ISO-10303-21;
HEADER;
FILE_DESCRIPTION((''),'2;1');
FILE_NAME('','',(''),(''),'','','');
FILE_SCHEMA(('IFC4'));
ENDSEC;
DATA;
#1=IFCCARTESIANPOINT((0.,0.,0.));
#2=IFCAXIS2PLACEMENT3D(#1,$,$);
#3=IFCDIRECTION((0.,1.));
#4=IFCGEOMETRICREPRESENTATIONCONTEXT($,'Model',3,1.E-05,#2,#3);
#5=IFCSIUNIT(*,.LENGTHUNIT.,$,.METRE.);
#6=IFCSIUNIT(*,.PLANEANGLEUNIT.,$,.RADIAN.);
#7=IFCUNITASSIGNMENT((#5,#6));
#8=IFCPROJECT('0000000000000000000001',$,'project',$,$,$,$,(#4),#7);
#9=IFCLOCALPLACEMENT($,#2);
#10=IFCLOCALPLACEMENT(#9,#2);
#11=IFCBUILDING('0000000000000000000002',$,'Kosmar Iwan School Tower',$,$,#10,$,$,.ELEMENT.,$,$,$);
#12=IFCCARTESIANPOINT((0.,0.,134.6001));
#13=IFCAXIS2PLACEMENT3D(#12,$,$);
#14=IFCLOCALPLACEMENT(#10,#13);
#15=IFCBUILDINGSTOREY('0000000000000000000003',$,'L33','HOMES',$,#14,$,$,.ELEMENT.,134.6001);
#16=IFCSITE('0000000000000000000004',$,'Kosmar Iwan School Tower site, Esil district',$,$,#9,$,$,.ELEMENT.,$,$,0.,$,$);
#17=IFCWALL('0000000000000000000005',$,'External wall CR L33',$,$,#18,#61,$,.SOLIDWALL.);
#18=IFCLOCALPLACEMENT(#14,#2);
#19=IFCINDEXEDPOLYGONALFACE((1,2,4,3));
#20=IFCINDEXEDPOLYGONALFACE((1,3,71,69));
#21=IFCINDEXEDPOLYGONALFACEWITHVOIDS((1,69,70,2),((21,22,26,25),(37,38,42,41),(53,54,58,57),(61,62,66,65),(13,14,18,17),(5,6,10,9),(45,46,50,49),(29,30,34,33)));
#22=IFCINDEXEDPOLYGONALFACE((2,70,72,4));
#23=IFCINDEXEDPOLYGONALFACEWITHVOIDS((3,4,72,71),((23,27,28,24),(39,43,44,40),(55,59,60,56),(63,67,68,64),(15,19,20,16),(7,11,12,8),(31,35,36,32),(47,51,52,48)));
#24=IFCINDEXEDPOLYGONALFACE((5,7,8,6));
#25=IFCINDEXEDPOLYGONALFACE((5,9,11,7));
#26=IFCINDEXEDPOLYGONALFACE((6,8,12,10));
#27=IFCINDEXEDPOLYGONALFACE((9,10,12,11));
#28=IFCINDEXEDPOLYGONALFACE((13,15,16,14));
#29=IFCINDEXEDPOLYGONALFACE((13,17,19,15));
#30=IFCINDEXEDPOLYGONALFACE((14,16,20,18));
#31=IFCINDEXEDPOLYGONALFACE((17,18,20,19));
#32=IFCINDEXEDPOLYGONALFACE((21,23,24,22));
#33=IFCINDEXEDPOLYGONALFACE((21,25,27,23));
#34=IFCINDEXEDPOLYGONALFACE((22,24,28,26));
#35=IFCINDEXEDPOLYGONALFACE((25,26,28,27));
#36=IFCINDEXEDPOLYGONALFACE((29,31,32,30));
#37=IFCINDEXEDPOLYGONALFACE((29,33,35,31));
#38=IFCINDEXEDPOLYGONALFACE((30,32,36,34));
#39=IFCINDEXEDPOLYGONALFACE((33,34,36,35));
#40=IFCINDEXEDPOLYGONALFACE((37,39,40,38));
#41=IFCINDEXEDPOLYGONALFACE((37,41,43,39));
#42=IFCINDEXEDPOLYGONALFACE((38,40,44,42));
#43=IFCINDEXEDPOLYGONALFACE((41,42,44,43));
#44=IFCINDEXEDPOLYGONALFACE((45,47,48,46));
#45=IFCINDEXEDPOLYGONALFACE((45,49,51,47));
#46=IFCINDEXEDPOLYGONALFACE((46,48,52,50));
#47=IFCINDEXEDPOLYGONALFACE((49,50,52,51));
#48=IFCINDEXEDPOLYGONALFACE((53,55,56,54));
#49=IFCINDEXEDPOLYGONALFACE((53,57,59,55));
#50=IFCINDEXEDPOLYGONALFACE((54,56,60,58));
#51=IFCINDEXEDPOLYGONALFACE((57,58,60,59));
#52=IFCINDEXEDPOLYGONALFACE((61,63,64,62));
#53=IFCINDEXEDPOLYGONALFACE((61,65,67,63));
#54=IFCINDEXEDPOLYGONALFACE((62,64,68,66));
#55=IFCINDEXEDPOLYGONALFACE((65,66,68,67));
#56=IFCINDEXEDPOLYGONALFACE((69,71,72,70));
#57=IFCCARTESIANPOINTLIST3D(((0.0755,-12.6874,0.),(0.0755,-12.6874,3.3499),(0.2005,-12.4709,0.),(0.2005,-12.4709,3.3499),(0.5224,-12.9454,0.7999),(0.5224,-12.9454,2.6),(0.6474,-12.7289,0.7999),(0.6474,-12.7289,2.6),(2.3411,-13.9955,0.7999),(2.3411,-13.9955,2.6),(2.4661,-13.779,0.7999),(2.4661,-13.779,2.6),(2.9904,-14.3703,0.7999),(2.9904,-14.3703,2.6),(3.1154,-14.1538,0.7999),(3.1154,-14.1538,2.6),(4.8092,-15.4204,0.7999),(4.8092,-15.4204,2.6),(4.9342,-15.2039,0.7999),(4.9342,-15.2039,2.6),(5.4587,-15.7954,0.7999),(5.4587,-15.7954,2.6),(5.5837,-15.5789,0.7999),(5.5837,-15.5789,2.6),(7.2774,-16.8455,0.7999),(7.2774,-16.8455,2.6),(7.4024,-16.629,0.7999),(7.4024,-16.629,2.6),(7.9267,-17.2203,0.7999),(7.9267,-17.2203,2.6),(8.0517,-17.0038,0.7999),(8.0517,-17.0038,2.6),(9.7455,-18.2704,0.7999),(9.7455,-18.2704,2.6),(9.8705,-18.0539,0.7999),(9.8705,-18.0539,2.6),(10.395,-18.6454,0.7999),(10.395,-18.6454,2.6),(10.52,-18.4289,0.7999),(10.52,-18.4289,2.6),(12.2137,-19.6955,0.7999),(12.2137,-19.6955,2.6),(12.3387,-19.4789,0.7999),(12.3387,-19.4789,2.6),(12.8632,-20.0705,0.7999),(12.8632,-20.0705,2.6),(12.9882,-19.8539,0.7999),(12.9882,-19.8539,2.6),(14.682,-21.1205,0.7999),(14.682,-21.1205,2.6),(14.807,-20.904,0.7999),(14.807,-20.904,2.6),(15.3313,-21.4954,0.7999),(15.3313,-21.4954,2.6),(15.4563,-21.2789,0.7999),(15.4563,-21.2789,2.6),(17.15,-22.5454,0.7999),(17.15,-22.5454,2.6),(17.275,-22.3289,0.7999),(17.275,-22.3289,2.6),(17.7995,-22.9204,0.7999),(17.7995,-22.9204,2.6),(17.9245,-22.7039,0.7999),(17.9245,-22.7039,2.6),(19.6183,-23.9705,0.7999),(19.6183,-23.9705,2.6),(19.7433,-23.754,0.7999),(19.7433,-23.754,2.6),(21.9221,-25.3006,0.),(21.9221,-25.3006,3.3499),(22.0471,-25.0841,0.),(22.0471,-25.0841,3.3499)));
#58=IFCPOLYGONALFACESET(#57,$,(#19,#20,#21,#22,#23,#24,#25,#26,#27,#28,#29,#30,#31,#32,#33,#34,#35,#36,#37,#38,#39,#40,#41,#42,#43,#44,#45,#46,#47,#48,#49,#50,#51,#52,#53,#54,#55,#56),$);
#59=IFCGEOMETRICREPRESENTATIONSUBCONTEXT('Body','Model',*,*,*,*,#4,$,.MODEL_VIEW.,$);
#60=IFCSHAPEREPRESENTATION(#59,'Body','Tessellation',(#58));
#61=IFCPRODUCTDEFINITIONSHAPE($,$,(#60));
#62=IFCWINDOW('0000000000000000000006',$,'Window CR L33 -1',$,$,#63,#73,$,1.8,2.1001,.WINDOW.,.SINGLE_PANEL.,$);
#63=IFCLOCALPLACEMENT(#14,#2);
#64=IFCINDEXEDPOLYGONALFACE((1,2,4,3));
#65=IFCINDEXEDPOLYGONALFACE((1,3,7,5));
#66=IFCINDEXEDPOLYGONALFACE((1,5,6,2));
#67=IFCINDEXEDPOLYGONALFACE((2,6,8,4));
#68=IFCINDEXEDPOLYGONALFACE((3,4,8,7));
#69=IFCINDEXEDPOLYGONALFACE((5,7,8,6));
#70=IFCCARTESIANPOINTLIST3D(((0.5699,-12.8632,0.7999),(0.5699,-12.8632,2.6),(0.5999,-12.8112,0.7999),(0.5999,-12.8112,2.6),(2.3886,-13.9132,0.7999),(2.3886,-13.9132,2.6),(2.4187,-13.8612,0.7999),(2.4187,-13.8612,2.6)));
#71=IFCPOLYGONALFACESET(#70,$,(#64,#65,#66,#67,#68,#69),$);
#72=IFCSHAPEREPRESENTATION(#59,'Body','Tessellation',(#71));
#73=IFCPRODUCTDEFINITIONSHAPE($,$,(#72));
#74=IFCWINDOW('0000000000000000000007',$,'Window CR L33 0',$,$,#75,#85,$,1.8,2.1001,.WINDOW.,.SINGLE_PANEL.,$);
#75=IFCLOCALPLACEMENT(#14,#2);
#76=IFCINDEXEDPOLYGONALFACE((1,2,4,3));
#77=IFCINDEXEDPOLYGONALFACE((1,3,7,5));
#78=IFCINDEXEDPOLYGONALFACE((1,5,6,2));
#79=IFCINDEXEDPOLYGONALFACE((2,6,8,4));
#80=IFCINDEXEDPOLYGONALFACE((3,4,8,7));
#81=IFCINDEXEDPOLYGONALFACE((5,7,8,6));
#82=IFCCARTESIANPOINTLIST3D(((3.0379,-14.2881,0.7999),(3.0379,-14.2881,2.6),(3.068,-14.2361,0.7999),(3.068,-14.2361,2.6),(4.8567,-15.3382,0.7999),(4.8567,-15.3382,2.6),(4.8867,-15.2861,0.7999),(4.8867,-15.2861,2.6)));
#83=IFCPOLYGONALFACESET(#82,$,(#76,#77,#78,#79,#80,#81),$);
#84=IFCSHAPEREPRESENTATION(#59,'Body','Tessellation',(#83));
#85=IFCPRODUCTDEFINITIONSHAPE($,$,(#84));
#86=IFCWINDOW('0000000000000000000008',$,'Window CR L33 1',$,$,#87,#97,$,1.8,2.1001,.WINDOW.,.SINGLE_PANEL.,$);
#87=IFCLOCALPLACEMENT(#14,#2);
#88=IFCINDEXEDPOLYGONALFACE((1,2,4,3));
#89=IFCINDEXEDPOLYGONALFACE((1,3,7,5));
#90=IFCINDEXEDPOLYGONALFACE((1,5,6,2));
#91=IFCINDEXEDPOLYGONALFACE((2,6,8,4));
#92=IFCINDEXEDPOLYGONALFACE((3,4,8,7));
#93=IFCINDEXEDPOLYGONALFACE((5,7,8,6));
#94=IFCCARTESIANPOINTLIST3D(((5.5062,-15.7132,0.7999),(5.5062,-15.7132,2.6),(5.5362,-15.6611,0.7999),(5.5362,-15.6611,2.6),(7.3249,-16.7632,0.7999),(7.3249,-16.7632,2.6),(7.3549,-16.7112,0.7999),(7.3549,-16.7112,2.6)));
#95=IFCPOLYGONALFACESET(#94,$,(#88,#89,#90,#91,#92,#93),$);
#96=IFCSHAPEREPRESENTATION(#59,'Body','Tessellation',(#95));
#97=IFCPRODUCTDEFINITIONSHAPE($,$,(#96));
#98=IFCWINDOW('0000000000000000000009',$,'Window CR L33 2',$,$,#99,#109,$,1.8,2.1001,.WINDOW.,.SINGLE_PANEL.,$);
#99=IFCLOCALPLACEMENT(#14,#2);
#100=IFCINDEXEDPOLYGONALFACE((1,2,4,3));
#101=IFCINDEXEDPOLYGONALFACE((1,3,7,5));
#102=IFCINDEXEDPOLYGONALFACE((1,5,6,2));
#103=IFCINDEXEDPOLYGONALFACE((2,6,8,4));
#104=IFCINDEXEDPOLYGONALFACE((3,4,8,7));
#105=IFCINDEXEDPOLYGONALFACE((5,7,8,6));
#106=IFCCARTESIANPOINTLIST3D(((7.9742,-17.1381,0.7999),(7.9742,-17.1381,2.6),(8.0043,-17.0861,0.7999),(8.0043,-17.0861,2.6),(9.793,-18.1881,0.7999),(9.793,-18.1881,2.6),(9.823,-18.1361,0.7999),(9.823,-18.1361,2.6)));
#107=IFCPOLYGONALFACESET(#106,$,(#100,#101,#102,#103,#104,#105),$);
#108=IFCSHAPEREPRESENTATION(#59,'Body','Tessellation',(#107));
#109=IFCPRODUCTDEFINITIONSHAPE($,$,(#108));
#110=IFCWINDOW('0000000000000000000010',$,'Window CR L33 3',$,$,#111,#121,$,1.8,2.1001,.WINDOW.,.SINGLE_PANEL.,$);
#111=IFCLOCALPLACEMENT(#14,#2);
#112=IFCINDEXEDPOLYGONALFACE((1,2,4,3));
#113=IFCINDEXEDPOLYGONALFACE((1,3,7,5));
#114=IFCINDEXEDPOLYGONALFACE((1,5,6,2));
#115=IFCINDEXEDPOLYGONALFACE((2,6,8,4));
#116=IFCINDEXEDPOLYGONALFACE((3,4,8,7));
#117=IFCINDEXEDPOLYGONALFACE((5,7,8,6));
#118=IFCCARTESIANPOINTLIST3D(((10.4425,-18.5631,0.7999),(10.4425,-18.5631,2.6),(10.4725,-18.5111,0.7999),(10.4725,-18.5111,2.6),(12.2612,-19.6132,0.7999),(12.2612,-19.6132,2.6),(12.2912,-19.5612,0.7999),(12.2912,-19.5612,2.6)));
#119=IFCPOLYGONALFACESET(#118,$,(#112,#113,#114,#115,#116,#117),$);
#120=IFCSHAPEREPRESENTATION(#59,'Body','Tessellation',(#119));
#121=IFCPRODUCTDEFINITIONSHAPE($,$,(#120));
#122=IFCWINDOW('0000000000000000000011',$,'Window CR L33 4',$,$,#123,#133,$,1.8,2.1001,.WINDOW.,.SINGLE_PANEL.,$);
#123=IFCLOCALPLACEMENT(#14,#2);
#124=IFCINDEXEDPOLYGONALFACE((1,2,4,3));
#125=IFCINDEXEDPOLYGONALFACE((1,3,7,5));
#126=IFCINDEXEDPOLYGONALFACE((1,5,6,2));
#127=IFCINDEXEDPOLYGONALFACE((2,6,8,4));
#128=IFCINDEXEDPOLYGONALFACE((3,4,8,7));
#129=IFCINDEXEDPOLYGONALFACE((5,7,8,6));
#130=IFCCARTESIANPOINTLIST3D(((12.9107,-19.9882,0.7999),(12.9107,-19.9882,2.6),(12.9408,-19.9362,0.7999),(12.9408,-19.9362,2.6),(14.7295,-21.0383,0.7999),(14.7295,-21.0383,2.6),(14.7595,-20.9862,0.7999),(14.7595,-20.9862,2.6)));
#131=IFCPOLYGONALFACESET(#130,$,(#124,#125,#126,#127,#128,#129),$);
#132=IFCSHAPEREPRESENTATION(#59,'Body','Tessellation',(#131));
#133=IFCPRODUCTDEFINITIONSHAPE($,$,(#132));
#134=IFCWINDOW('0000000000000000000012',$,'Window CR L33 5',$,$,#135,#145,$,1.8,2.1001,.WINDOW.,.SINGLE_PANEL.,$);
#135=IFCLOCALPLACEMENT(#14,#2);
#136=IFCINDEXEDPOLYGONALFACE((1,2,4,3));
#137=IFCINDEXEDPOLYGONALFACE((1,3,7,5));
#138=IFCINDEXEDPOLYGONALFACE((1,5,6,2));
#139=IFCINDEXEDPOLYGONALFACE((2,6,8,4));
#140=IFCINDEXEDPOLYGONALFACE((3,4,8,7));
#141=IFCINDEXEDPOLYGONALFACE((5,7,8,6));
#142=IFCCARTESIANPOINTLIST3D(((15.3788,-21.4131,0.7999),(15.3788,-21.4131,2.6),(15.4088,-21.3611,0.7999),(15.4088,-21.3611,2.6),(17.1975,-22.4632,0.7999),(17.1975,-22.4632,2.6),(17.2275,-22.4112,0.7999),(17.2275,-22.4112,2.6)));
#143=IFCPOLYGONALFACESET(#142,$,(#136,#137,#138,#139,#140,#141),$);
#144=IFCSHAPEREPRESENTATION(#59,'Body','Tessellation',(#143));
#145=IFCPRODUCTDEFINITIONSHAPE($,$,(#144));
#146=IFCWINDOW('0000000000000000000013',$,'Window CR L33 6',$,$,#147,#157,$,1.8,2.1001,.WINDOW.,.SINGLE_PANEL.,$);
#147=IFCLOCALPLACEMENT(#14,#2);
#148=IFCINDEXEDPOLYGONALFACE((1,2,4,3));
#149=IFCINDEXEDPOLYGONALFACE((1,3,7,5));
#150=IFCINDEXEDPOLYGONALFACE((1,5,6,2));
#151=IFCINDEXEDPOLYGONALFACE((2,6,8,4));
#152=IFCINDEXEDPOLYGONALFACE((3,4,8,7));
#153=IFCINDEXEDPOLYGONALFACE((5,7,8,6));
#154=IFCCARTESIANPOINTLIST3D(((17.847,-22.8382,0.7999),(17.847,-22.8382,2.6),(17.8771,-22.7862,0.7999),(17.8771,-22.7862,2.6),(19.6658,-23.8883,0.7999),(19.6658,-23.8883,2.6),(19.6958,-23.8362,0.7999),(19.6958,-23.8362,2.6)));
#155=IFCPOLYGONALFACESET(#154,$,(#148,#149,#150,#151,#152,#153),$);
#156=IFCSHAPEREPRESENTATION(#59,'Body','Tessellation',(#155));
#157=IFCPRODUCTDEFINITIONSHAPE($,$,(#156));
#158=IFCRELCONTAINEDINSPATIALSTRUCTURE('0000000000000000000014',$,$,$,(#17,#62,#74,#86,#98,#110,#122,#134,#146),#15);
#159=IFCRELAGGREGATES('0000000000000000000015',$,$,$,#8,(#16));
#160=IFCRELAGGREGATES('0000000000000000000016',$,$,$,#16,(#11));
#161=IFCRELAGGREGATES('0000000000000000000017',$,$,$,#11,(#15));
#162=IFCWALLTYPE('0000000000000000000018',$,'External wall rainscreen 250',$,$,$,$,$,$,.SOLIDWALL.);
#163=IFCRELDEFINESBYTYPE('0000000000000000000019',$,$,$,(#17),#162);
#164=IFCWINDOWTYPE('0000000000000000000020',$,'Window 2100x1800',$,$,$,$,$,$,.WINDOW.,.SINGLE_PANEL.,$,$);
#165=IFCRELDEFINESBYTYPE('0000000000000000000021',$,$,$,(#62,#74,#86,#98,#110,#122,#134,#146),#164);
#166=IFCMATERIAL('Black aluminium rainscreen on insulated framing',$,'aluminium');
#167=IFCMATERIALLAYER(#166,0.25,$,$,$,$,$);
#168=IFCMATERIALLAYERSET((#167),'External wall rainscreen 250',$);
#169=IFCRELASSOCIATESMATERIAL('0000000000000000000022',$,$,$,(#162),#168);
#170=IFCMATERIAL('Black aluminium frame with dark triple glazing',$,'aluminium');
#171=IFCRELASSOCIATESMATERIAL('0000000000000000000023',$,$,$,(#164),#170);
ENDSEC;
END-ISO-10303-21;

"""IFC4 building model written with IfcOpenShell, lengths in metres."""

from ifc_helpers import new_model, si_unit, direction, frame, frame_2d, origin, place, context, subcontext, project, spatial, rectangle, extrude, material, layer, layer_set, type_object, element, fill, save


model = new_model("IFC4")

# Units and contexts
model_context = context("Model", 3, precision=1e-05, world=origin(), true_north=direction((0.0, 1.0)))
body_context = subcontext(model_context, "Body", "Model", "MODEL_VIEW")
ifc_project = project(units=[si_unit("LENGTHUNIT", "METRE"), si_unit("PLANEANGLEUNIT", "RADIAN")], contexts=[model_context])

# Site, building, storey
site_placement = place(None, origin())
site = spatial("IfcSite", under=ifc_project, at=site_placement, Name="Kosmar Iwan School Tower site, Esil district", CompositionType="ELEMENT", RefElevation=0.0)
building_placement = place(site_placement, origin())
building = spatial("IfcBuilding", under=site, at=building_placement, Name="Kosmar Iwan School Tower", CompositionType="ELEMENT")
storey_placement = place(building_placement, frame((0.0, 0.0, 134.6001)))
storey = spatial("IfcBuildingStorey", under=building, at=storey_placement, Name="L33", Description="HOMES", CompositionType="ELEMENT", Elevation=134.6001)

# Wall, openings, windows
ifc_material_1 = material(Name="Black aluminium rainscreen on insulated framing", Category="aluminium")
ifc_layer_1 = layer(ifc_material_1, 0.25)
ifc_layer_set_1 = layer_set([ifc_layer_1], Name="External wall rainscreen 250")
wall_type_1 = type_object("IfcWallType", Name="External wall rainscreen 250", PredefinedType="SOLIDWALL", material=ifc_layer_set_1)
ifc_material_2 = material(Name="Black aluminium frame with dark triple glazing", Category="aluminium")
window_type = type_object("IfcWindowType", Name="Window 2100x1800", PartitioningType="SINGLE_PANEL", PredefinedType="WINDOW", material=ifc_material_2)
wall_1_placement = place(storey_placement, frame((0.1379, -12.5791, 0.0), z_axis=(0.0, 0.0, 1.0), x_axis=(0.866024, -0.500003, 0.0)))
wall_1 = element("IfcWall", 1, at=wall_1_placement, inside=storey, type_object=wall_type_1, Name="External wall CR L33", PredefinedType="SOLIDWALL", context=body_context, shape_type="SweptSolid", body=[
    extrude(rectangle(XDim=25.2263, YDim=0.25, at=frame_2d((12.6133, 0.0))), origin(), (0.0, 0.0, 1.0), 3.3499),
])
opening_1_placement = place(wall_1_placement, frame((0.5161, 0.0, 0.8)))
opening_1 = element("IfcOpeningElement", 2, at=opening_1_placement, cuts=wall_1, PredefinedType="OPENING", context=body_context, shape_type="SweptSolid", body=[
    extrude(rectangle(XDim=2.1001, YDim=1.8, at=frame_2d((1.05, 0.8999))), frame((0.0, 0.137, 0.0), z_axis=(0.0, -1.0, 0.0), x_axis=(1.0, 0.0, 0.0)), (0.0, 0.0, 1.0), 0.2739),
])
opening_2_placement = place(wall_1_placement, frame((3.366, 0.0, 0.8)))
opening_2 = element("IfcOpeningElement", 3, at=opening_2_placement, cuts=wall_1, PredefinedType="OPENING", context=body_context, shape_type="SweptSolid", body=[
    extrude(rectangle(XDim=2.1001, YDim=1.8, at=frame_2d((1.05, 0.8999))), frame((0.0, 0.137, 0.0), z_axis=(0.0, -1.0, 0.0), x_axis=(1.0, 0.0, 0.0)), (0.0, 0.0, 1.0), 0.2739),
])
opening_3_placement = place(wall_1_placement, frame((6.2161, 0.0, 0.8)))
opening_3 = element("IfcOpeningElement", 4, at=opening_3_placement, cuts=wall_1, PredefinedType="OPENING", context=body_context, shape_type="SweptSolid", body=[
    extrude(rectangle(XDim=2.1001, YDim=1.8, at=frame_2d((1.05, 0.8999))), frame((0.0, 0.137, 0.0), z_axis=(0.0, -1.0, 0.0), x_axis=(1.0, 0.0, 0.0)), (0.0, 0.0, 1.0), 0.2739),
])
opening_4_placement = place(wall_1_placement, frame((9.0659, 0.0, 0.8)))
opening_4 = element("IfcOpeningElement", 5, at=opening_4_placement, cuts=wall_1, PredefinedType="OPENING", context=body_context, shape_type="SweptSolid", body=[
    extrude(rectangle(XDim=2.1001, YDim=1.8, at=frame_2d((1.05, 0.8999))), frame((0.0, 0.137, 0.0), z_axis=(0.0, -1.0, 0.0), x_axis=(1.0, 0.0, 0.0)), (0.0, 0.0, 1.0), 0.2739),
])
opening_5_placement = place(wall_1_placement, frame((11.916, 0.0, 0.8)))
opening_5 = element("IfcOpeningElement", 6, at=opening_5_placement, cuts=wall_1, PredefinedType="OPENING", context=body_context, shape_type="SweptSolid", body=[
    extrude(rectangle(XDim=2.1001, YDim=1.8, at=frame_2d((1.05, 0.8999))), frame((0.0, 0.137, 0.0), z_axis=(0.0, -1.0, 0.0), x_axis=(1.0, 0.0, 0.0)), (0.0, 0.0, 1.0), 0.2739),
])
opening_6_placement = place(wall_1_placement, frame((14.7661, 0.0, 0.8)))
opening_6 = element("IfcOpeningElement", 7, at=opening_6_placement, cuts=wall_1, PredefinedType="OPENING", context=body_context, shape_type="SweptSolid", body=[
    extrude(rectangle(XDim=2.1001, YDim=1.8, at=frame_2d((1.05, 0.8999))), frame((0.0, 0.137, 0.0), z_axis=(0.0, -1.0, 0.0), x_axis=(1.0, 0.0, 0.0)), (0.0, 0.0, 1.0), 0.2739),
])
opening_7_placement = place(wall_1_placement, frame((17.616, 0.0, 0.8)))
opening_7 = element("IfcOpeningElement", 8, at=opening_7_placement, cuts=wall_1, PredefinedType="OPENING", context=body_context, shape_type="SweptSolid", body=[
    extrude(rectangle(XDim=2.1001, YDim=1.8, at=frame_2d((1.05, 0.8999))), frame((0.0, 0.137, 0.0), z_axis=(0.0, -1.0, 0.0), x_axis=(1.0, 0.0, 0.0)), (0.0, 0.0, 1.0), 0.2739),
])
opening_8_placement = place(wall_1_placement, frame((20.4661, 0.0, 0.8)))
opening_8 = element("IfcOpeningElement", 9, at=opening_8_placement, cuts=wall_1, PredefinedType="OPENING", context=body_context, shape_type="SweptSolid", body=[
    extrude(rectangle(XDim=2.1001, YDim=1.8, at=frame_2d((1.05, 0.8999))), frame((0.0, 0.137, 0.0), z_axis=(0.0, -1.0, 0.0), x_axis=(1.0, 0.0, 0.0)), (0.0, 0.0, 1.0), 0.2739),
])
window_1_placement = place(opening_1_placement, origin())
window_1 = element("IfcWindow", 10, at=window_1_placement, inside=storey, type_object=window_type, Name="Window CR L33 -1", OverallHeight=1.8, OverallWidth=2.1001, PartitioningType="SINGLE_PANEL", PredefinedType="WINDOW", context=body_context, shape_type="SweptSolid", body=[
    extrude(rectangle(XDim=2.1001, YDim=1.8, at=frame_2d((1.05, 0.8999))), frame((0.0, 0.03, 0.0), z_axis=(0.0, -1.0, 0.0), x_axis=(1.0, 0.0, 0.0)), (0.0, 0.0, 1.0), 0.0601),
])
fill(opening_1, window_1)
window_2_placement = place(opening_2_placement, origin())
window_2 = element("IfcWindow", 11, at=window_2_placement, inside=storey, type_object=window_type, Name="Window CR L33 0", OverallHeight=1.8, OverallWidth=2.1001, PartitioningType="SINGLE_PANEL", PredefinedType="WINDOW", context=body_context, shape_type="SweptSolid", body=[
    extrude(rectangle(XDim=2.1001, YDim=1.8, at=frame_2d((1.05, 0.8999))), frame((0.0, 0.03, 0.0), z_axis=(0.0, -1.0, 0.0), x_axis=(1.0, 0.0, 0.0)), (0.0, 0.0, 1.0), 0.0601),
])
fill(opening_2, window_2)
window_3_placement = place(opening_3_placement, origin())
window_3 = element("IfcWindow", 12, at=window_3_placement, inside=storey, type_object=window_type, Name="Window CR L33 1", OverallHeight=1.8, OverallWidth=2.1001, PartitioningType="SINGLE_PANEL", PredefinedType="WINDOW", context=body_context, shape_type="SweptSolid", body=[
    extrude(rectangle(XDim=2.1001, YDim=1.8, at=frame_2d((1.05, 0.8999))), frame((0.0, 0.03, 0.0), z_axis=(0.0, -1.0, 0.0), x_axis=(1.0, 0.0, 0.0)), (0.0, 0.0, 1.0), 0.0601),
])
fill(opening_3, window_3)
window_4_placement = place(opening_4_placement, origin())
window_4 = element("IfcWindow", 13, at=window_4_placement, inside=storey, type_object=window_type, Name="Window CR L33 2", OverallHeight=1.8, OverallWidth=2.1001, PartitioningType="SINGLE_PANEL", PredefinedType="WINDOW", context=body_context, shape_type="SweptSolid", body=[
    extrude(rectangle(XDim=2.1001, YDim=1.8, at=frame_2d((1.05, 0.8999))), frame((0.0, 0.03, 0.0), z_axis=(0.0, -1.0, 0.0), x_axis=(1.0, 0.0, 0.0)), (0.0, 0.0, 1.0), 0.0601),
])
fill(opening_4, window_4)
window_5_placement = place(opening_5_placement, origin())
window_5 = element("IfcWindow", 14, at=window_5_placement, inside=storey, type_object=window_type, Name="Window CR L33 3", OverallHeight=1.8, OverallWidth=2.1001, PartitioningType="SINGLE_PANEL", PredefinedType="WINDOW", context=body_context, shape_type="SweptSolid", body=[
    extrude(rectangle(XDim=2.1001, YDim=1.8, at=frame_2d((1.05, 0.8999))), frame((0.0, 0.03, 0.0), z_axis=(0.0, -1.0, 0.0), x_axis=(1.0, 0.0, 0.0)), (0.0, 0.0, 1.0), 0.0601),
])
fill(opening_5, window_5)
window_6_placement = place(opening_6_placement, origin())
window_6 = element("IfcWindow", 15, at=window_6_placement, inside=storey, type_object=window_type, Name="Window CR L33 4", OverallHeight=1.8, OverallWidth=2.1001, PartitioningType="SINGLE_PANEL", PredefinedType="WINDOW", context=body_context, shape_type="SweptSolid", body=[
    extrude(rectangle(XDim=2.1001, YDim=1.8, at=frame_2d((1.05, 0.8999))), frame((0.0, 0.03, 0.0), z_axis=(0.0, -1.0, 0.0), x_axis=(1.0, 0.0, 0.0)), (0.0, 0.0, 1.0), 0.0601),
])
fill(opening_6, window_6)
window_7_placement = place(opening_7_placement, origin())
window_7 = element("IfcWindow", 16, at=window_7_placement, inside=storey, type_object=window_type, Name="Window CR L33 5", OverallHeight=1.8, OverallWidth=2.1001, PartitioningType="SINGLE_PANEL", PredefinedType="WINDOW", context=body_context, shape_type="SweptSolid", body=[
    extrude(rectangle(XDim=2.1001, YDim=1.8, at=frame_2d((1.05, 0.8999))), frame((0.0, 0.03, 0.0), z_axis=(0.0, -1.0, 0.0), x_axis=(1.0, 0.0, 0.0)), (0.0, 0.0, 1.0), 0.0601),
])
fill(opening_7, window_7)
window_8_placement = place(opening_8_placement, origin())
window_8 = element("IfcWindow", 17, at=window_8_placement, inside=storey, type_object=window_type, Name="Window CR L33 6", OverallHeight=1.8, OverallWidth=2.1001, PartitioningType="SINGLE_PANEL", PredefinedType="WINDOW", context=body_context, shape_type="SweptSolid", body=[
    extrude(rectangle(XDim=2.1001, YDim=1.8, at=frame_2d((1.05, 0.8999))), frame((0.0, 0.03, 0.0), z_axis=(0.0, -1.0, 0.0), x_axis=(1.0, 0.0, 0.0)), (0.0, 0.0, 1.0), 0.0601),
])
fill(opening_8, window_8)

save(model, "model.ifc")
